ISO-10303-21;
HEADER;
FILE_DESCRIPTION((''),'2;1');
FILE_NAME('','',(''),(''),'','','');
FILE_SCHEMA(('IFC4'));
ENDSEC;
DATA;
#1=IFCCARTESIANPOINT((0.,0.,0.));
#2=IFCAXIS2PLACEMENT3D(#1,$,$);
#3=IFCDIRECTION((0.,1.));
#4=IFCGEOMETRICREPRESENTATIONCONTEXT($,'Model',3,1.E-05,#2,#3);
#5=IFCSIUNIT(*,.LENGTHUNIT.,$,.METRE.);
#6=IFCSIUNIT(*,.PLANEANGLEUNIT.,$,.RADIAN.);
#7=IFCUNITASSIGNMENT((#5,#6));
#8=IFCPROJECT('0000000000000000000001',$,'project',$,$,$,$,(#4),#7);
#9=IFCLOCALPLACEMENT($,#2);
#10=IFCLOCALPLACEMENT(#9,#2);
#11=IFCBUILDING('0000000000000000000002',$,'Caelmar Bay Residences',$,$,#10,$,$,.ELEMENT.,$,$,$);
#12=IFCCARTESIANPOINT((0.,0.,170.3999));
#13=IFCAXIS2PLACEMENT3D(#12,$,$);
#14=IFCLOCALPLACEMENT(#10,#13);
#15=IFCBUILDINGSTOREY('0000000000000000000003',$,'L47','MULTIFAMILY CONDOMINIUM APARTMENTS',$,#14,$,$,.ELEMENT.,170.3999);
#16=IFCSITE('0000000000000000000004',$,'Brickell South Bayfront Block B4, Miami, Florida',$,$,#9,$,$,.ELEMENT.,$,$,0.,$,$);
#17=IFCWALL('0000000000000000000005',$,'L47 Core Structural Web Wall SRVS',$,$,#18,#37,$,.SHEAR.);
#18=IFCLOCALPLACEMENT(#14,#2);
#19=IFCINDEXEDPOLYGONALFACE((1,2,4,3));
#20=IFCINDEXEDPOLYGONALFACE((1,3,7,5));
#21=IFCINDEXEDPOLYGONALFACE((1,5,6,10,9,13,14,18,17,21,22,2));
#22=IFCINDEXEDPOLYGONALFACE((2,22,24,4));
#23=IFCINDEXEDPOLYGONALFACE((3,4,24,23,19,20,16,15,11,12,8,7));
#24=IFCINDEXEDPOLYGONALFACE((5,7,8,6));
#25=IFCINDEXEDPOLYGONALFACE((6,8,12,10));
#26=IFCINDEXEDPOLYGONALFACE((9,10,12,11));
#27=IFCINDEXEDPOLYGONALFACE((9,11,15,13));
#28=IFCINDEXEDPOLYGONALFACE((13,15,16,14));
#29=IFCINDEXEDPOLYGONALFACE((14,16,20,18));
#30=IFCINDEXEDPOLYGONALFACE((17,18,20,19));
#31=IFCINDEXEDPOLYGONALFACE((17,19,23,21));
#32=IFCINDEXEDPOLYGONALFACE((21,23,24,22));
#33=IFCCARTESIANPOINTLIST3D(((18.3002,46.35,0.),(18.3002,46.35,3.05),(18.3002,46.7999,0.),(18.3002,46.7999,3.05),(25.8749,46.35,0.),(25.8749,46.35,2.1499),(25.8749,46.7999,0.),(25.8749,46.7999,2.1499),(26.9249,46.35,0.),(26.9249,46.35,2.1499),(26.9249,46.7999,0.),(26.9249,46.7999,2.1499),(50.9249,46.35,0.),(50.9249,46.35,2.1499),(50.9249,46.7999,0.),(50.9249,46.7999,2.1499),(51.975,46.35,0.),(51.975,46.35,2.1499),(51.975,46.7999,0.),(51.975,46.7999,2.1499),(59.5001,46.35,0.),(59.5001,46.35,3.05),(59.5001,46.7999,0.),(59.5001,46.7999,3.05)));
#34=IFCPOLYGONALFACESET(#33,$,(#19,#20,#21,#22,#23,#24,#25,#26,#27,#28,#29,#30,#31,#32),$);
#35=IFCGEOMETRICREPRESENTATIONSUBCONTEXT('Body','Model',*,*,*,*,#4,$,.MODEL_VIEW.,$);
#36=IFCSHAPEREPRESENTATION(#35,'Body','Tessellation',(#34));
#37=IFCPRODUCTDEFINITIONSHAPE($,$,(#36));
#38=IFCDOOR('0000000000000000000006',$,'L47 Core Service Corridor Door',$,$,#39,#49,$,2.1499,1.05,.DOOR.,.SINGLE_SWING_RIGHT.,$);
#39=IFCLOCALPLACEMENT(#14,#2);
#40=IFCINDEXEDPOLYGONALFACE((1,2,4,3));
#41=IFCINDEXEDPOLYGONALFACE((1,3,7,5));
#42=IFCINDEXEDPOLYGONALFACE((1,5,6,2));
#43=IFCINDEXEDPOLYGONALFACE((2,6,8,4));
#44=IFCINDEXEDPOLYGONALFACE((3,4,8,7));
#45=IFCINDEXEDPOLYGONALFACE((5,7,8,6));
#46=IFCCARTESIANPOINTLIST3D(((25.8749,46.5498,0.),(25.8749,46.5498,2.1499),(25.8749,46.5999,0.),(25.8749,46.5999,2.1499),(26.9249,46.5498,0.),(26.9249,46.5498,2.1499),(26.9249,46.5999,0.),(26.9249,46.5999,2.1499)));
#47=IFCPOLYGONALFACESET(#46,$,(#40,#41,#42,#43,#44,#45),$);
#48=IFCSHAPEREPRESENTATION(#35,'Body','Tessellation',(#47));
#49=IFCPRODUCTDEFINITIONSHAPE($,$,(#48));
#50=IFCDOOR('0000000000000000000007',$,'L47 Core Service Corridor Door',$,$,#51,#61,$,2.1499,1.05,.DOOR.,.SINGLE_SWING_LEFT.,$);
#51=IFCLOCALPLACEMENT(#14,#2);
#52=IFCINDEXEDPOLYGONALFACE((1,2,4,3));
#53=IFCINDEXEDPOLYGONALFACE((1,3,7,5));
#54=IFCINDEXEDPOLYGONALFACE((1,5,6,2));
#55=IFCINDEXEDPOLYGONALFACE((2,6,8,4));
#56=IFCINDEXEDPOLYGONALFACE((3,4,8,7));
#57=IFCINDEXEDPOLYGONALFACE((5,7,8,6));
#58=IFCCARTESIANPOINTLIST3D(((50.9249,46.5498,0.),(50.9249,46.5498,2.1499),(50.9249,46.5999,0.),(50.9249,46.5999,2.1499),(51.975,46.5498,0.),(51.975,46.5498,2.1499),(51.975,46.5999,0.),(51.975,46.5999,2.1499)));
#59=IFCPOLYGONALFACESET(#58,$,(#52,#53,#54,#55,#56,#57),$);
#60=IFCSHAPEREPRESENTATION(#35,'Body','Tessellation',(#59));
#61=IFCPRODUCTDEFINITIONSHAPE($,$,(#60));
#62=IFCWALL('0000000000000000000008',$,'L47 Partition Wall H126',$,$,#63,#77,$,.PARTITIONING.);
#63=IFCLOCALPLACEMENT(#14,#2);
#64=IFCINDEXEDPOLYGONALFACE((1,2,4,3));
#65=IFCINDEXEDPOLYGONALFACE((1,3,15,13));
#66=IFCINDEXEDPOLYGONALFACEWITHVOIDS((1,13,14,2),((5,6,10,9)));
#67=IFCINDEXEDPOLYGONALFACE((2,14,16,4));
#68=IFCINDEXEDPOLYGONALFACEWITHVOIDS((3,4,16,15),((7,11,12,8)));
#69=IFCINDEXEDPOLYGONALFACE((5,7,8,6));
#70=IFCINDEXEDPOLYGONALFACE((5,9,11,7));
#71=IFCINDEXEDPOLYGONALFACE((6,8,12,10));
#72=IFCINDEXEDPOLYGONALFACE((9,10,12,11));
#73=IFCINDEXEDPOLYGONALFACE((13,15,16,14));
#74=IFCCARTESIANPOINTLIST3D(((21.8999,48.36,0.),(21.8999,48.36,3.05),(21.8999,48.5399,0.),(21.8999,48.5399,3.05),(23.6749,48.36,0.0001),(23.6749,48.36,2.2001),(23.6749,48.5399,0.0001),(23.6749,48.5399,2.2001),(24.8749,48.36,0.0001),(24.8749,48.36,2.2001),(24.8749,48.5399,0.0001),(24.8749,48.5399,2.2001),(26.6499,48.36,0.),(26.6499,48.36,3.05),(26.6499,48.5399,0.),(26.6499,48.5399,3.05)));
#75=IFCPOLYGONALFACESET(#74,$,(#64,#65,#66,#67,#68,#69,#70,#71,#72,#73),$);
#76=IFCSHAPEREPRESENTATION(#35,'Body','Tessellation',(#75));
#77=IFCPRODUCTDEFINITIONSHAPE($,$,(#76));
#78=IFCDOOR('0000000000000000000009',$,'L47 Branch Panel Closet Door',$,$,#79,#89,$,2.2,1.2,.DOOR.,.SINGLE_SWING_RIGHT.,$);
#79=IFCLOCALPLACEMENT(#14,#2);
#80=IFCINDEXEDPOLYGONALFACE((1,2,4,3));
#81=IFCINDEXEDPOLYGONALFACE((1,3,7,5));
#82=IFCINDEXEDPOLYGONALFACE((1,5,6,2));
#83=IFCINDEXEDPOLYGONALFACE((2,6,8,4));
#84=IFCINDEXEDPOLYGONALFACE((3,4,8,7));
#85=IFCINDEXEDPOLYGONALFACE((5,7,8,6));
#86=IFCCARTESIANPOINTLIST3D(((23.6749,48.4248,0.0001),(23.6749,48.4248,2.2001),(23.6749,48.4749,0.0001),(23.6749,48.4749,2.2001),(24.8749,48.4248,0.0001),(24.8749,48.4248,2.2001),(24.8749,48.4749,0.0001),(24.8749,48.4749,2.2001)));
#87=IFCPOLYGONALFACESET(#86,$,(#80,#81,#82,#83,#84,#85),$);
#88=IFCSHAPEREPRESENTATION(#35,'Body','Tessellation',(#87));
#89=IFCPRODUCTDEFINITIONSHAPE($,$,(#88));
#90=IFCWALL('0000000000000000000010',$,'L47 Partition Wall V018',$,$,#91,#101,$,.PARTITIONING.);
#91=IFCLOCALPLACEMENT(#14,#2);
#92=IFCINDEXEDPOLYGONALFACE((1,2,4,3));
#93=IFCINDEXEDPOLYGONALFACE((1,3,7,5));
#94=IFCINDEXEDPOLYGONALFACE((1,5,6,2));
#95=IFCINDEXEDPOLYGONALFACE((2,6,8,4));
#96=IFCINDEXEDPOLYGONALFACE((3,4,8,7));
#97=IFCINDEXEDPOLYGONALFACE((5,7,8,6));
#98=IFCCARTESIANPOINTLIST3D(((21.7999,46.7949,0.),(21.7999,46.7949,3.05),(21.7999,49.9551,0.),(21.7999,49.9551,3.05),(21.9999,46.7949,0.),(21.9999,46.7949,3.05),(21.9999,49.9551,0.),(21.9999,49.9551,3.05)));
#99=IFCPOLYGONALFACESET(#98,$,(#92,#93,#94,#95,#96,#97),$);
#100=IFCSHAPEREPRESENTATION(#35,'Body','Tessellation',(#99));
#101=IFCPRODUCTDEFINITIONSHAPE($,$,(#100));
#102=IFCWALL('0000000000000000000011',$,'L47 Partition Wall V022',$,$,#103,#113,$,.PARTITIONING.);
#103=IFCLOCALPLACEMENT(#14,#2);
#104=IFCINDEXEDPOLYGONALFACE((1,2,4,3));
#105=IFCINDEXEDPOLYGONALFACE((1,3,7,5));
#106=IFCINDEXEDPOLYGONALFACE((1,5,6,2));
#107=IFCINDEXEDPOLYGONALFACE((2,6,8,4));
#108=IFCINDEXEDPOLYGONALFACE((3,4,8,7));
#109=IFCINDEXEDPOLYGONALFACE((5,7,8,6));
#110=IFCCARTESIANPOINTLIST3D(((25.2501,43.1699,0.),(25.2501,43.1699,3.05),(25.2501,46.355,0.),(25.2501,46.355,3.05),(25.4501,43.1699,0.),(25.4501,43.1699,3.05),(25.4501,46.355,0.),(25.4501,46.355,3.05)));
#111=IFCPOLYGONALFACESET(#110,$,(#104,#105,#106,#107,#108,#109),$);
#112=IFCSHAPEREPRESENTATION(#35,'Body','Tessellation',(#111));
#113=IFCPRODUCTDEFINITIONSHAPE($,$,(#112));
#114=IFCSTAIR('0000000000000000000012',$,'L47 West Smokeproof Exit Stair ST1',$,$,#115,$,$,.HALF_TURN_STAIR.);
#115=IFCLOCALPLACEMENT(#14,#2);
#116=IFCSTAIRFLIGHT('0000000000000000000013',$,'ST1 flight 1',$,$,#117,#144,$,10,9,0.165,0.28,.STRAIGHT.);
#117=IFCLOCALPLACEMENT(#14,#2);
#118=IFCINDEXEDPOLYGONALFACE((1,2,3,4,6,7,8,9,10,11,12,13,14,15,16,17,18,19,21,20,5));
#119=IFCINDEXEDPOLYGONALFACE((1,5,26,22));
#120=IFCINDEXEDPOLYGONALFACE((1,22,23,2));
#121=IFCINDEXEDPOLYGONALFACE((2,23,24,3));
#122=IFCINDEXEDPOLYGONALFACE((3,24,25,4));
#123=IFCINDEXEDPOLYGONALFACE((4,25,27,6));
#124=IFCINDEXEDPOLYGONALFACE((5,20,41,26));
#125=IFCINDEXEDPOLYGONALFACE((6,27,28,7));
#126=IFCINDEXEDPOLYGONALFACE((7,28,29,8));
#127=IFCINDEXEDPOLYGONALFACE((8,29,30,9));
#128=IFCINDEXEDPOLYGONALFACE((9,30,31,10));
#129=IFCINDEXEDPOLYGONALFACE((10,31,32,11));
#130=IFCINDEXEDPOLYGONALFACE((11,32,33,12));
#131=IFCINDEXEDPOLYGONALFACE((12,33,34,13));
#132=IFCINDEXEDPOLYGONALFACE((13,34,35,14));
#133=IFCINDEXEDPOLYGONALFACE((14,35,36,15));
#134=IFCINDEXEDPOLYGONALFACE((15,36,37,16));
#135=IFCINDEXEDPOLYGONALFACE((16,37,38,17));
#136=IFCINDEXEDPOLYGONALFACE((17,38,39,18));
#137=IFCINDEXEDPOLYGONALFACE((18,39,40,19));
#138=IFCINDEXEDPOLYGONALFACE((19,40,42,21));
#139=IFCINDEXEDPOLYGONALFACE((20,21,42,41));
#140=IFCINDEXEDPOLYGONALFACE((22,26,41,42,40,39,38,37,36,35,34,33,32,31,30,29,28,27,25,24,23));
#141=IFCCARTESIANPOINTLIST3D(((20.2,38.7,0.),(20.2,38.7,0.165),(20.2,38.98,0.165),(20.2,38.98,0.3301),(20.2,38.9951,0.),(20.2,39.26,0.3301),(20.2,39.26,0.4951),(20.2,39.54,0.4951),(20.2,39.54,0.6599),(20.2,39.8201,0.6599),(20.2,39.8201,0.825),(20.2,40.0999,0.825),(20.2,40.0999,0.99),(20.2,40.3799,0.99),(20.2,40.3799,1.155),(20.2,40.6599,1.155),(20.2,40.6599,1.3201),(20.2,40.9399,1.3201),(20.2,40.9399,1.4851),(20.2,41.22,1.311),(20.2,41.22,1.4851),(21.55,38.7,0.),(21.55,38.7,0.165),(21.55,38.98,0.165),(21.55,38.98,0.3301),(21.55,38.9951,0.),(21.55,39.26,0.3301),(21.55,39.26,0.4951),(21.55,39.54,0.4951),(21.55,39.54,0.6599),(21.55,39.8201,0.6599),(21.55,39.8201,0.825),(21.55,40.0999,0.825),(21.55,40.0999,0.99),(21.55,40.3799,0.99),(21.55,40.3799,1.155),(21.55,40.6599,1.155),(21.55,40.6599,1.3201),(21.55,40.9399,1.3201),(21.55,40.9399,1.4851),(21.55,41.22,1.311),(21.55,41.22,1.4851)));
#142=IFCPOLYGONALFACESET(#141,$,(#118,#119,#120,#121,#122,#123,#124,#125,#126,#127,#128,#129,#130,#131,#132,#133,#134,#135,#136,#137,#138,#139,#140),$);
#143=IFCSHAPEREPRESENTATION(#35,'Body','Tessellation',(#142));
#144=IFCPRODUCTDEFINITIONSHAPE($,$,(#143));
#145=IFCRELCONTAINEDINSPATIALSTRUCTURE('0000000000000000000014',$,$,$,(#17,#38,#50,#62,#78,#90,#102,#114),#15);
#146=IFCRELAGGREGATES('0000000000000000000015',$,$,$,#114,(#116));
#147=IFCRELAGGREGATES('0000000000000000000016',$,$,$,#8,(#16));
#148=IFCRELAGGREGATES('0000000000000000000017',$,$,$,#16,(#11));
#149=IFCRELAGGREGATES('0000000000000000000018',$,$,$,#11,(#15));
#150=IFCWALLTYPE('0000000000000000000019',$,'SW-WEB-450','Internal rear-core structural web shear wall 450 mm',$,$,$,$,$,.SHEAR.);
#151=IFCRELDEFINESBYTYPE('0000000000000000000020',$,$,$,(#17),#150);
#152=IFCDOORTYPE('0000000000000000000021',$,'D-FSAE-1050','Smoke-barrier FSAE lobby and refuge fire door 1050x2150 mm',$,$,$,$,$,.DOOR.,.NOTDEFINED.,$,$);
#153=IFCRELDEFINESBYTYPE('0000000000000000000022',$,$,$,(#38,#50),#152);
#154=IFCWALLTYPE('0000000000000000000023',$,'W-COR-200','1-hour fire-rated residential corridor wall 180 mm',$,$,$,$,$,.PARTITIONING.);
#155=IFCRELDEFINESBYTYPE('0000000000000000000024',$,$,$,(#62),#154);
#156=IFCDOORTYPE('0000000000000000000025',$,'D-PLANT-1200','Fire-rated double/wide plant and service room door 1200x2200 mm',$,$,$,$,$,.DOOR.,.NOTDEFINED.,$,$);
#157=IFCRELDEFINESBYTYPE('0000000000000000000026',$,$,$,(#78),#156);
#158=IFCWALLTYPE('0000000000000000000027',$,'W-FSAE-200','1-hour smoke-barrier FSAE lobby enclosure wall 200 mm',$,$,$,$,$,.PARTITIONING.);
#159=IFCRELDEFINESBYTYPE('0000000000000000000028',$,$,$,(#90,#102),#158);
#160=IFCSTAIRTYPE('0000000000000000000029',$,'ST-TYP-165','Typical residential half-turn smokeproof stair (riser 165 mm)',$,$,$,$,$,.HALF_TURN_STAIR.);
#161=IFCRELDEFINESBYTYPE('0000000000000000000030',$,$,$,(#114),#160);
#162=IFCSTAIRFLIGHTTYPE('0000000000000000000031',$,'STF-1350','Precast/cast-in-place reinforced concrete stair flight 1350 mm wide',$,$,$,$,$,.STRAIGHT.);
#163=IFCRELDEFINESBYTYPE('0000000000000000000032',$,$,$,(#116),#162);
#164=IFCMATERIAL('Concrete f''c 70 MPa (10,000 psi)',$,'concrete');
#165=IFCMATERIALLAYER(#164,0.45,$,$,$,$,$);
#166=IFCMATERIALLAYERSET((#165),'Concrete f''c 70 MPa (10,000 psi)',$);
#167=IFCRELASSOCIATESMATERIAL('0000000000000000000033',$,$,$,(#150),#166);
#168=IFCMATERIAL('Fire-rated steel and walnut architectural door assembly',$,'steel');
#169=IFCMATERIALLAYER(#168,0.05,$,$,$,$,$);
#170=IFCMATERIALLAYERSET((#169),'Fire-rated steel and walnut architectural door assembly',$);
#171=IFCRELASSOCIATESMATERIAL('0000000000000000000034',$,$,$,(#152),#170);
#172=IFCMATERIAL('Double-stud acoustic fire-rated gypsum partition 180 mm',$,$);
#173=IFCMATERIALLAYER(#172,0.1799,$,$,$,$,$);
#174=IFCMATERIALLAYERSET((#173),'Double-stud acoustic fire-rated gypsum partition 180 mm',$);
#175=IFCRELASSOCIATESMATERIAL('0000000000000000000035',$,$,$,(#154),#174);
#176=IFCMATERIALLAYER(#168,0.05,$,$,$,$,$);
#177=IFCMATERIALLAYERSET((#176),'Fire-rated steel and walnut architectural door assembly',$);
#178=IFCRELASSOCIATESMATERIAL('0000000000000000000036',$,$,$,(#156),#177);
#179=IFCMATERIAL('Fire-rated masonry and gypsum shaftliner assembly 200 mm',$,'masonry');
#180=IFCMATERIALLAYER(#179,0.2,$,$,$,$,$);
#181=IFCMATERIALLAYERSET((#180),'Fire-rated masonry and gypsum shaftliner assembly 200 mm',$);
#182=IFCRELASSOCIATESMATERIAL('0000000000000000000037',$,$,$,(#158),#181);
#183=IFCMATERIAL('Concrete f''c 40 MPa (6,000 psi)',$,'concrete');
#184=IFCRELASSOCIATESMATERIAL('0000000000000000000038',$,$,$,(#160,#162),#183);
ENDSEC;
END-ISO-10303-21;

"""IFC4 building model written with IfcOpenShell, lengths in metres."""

from ifc_helpers import new_model, si_unit, direction, frame, frame_2d, origin, place, context, subcontext, project, spatial, polyline, rectangle, outline, extrude, material, layer, layer_set, type_object, element, fill, aggregate, save


model = new_model("IFC4")

# Units and contexts
model_context = context("Model", 3, precision=1e-05, world=origin(), true_north=direction((0.0, 1.0)))
body_context = subcontext(model_context, "Body", "Model", "MODEL_VIEW")
ifc_project = project(units=[si_unit("LENGTHUNIT", "METRE"), si_unit("PLANEANGLEUNIT", "RADIAN")], contexts=[model_context])

# Site, building, storey
site_placement = place(None, origin())
site = spatial("IfcSite", under=ifc_project, at=site_placement, Name="Brickell South Bayfront Block B4, Miami, Florida", CompositionType="ELEMENT", RefElevation=0.0)
building_placement = place(site_placement, origin())
building = spatial("IfcBuilding", under=site, at=building_placement, Name="Caelmar Bay Residences", CompositionType="ELEMENT")
storey_placement = place(building_placement, frame((0.0, 0.0, 170.3999)))
storey = spatial("IfcBuildingStorey", under=building, at=storey_placement, Name="L47", Description="MULTIFAMILY CONDOMINIUM APARTMENTS", CompositionType="ELEMENT", Elevation=170.3999)

# Wall, openings, doors
ifc_material_1 = material(Name="Concrete f'c 70 MPa (10,000 psi)", Category="concrete")
ifc_layer_1 = layer(ifc_material_1, 0.45)
ifc_layer_set_1 = layer_set([ifc_layer_1], Name="Concrete f'c 70 MPa (10,000 psi)")
wall_type_1 = type_object("IfcWallType", Name="SW-WEB-450", Description="Internal rear-core structural web shear wall 450 mm", PredefinedType="SHEAR", material=ifc_layer_set_1)
ifc_material_2 = material(Name="Fire-rated steel and walnut architectural door assembly", Category="steel")
ifc_layer_2 = layer(ifc_material_2, 0.05)
ifc_layer_set_2 = layer_set([ifc_layer_2], Name="Fire-rated steel and walnut architectural door assembly")
door_type_1 = type_object("IfcDoorType", Name="D-FSAE-1050", Description="Smoke-barrier FSAE lobby and refuge fire door 1050x2150 mm", OperationType="NOTDEFINED", PredefinedType="DOOR", material=ifc_layer_set_2)
wall_1_placement = place(storey_placement, frame((18.3, 46.575, 0.0), z_axis=(0.0, 0.0, 1.0), x_axis=(1.0, 0.0, 0.0)))
wall_1 = element("IfcWall", 1, at=wall_1_placement, inside=storey, type_object=wall_type_1, Name="L47 Core Structural Web Wall SRVS", PredefinedType="SHEAR", context=body_context, shape_type="SweptSolid", body=[
    extrude(rectangle(XDim=41.2, YDim=0.45, at=frame_2d((20.6001, 0.0))), origin(), (0.0, 0.0, 1.0), 3.05),
])
opening_1_placement = place(wall_1_placement, frame((7.575, 0.0, 0.0)))
opening_1 = element("IfcOpeningElement", 2, at=opening_1_placement, cuts=wall_1, PredefinedType="OPENING", context=body_context, shape_type="SweptSolid", body=[
    extrude(rectangle(XDim=1.05, YDim=2.1499, at=frame_2d((0.5249, 1.075))), frame((0.0, 0.2349, 0.0), z_axis=(0.0, -1.0, 0.0), x_axis=(1.0, 0.0, 0.0)), (0.0, 0.0, 1.0), 0.47),
])
opening_2_placement = place(wall_1_placement, frame((32.625, 0.0, 0.0)))
opening_2 = element("IfcOpeningElement", 3, at=opening_2_placement, cuts=wall_1, PredefinedType="OPENING", context=body_context, shape_type="SweptSolid", body=[
    extrude(rectangle(XDim=1.05, YDim=2.1499, at=frame_2d((0.5249, 1.075))), frame((0.0, 0.2349, 0.0), z_axis=(0.0, -1.0, 0.0), x_axis=(1.0, 0.0, 0.0)), (0.0, 0.0, 1.0), 0.47),
])
door_1_placement = place(opening_1_placement, origin())
door_1 = element("IfcDoor", 4, at=door_1_placement, inside=storey, type_object=door_type_1, Name="L47 Core Service Corridor Door", OperationType="SINGLE_SWING_RIGHT", OverallHeight=2.1499, OverallWidth=1.05, PredefinedType="DOOR", context=body_context, shape_type="SweptSolid", body=[
    extrude(rectangle(XDim=1.05, YDim=2.1499, at=frame_2d((0.5249, 1.075))), frame((0.0, 0.0249, 0.0), z_axis=(0.0, -1.0, 0.0), x_axis=(1.0, 0.0, 0.0)), (0.0, 0.0, 1.0), 0.05),
])
fill(opening_1, door_1)
door_2_placement = place(opening_2_placement, origin())
door_2 = element("IfcDoor", 5, at=door_2_placement, inside=storey, type_object=door_type_1, Name="L47 Core Service Corridor Door", OperationType="SINGLE_SWING_LEFT", OverallHeight=2.1499, OverallWidth=1.05, PredefinedType="DOOR", context=body_context, shape_type="SweptSolid", body=[
    extrude(rectangle(XDim=1.05, YDim=2.1499, at=frame_2d((0.5249, 1.075))), frame((0.0, 0.0249, 0.0), z_axis=(0.0, -1.0, 0.0), x_axis=(1.0, 0.0, 0.0)), (0.0, 0.0, 1.0), 0.05),
])
fill(opening_2, door_2)

# Wall, opening, door
ifc_material_3 = material(Name="Double-stud acoustic fire-rated gypsum partition 180 mm")
ifc_layer_3 = layer(ifc_material_3, 0.1799)
ifc_layer_set_3 = layer_set([ifc_layer_3], Name="Double-stud acoustic fire-rated gypsum partition 180 mm")
wall_type_2 = type_object("IfcWallType", Name="W-COR-200", Description="1-hour fire-rated residential corridor wall 180 mm", PredefinedType="PARTITIONING", material=ifc_layer_set_3)
wall_2_placement = place(storey_placement, frame((21.8999, 48.45, 0.0), z_axis=(0.0, 0.0, 1.0), x_axis=(1.0, 0.0, 0.0)))
wall_2 = element("IfcWall", 6, at=wall_2_placement, inside=storey, type_object=wall_type_2, Name="L47 Partition Wall H126", PredefinedType="PARTITIONING", context=body_context, shape_type="SweptSolid", body=[
    extrude(rectangle(XDim=4.75, YDim=0.1799, at=frame_2d((2.375, 0.0))), origin(), (0.0, 0.0, 1.0), 3.05),
])
opening_3_placement = place(wall_2_placement, frame((1.7749, 0.0, 0.0)))
opening_3 = element("IfcOpeningElement", 7, at=opening_3_placement, cuts=wall_2, PredefinedType="OPENING", context=body_context, shape_type="SweptSolid", body=[
    extrude(rectangle(XDim=1.2, YDim=2.2, at=frame_2d((0.6001, 1.1001))), frame((0.0, 0.0999, 0.0), z_axis=(0.0, -1.0, 0.0), x_axis=(1.0, 0.0, 0.0)), (0.0, 0.0, 1.0), 0.2),
])
ifc_layer_4 = layer(ifc_material_2, 0.05)
ifc_layer_set_4 = layer_set([ifc_layer_4], Name="Fire-rated steel and walnut architectural door assembly")
door_type_2 = type_object("IfcDoorType", Name="D-PLANT-1200", Description="Fire-rated double/wide plant and service room door 1200x2200 mm", OperationType="NOTDEFINED", PredefinedType="DOOR", material=ifc_layer_set_4)
door_3_placement = place(opening_3_placement, origin())
door_3 = element("IfcDoor", 8, at=door_3_placement, inside=storey, type_object=door_type_2, Name="L47 Branch Panel Closet Door", OperationType="SINGLE_SWING_RIGHT", OverallHeight=2.2, OverallWidth=1.2, PredefinedType="DOOR", context=body_context, shape_type="SweptSolid", body=[
    extrude(rectangle(XDim=1.2, YDim=2.2, at=frame_2d((0.6001, 1.1001))), frame((0.0, 0.0249, 0.0), z_axis=(0.0, -1.0, 0.0), x_axis=(1.0, 0.0, 0.0)), (0.0, 0.0, 1.0), 0.05),
])
fill(opening_3, door_3)

# Walls
ifc_material_4 = material(Name="Fire-rated masonry and gypsum shaftliner assembly 200 mm", Category="masonry")
ifc_layer_5 = layer(ifc_material_4, 0.2)
ifc_layer_set_5 = layer_set([ifc_layer_5], Name="Fire-rated masonry and gypsum shaftliner assembly 200 mm")
wall_type_3 = type_object("IfcWallType", Name="W-FSAE-200", Description="1-hour smoke-barrier FSAE lobby enclosure wall 200 mm", PredefinedType="PARTITIONING", material=ifc_layer_set_5)
wall_3_placement = place(storey_placement, frame((21.8999, 46.7949, 0.0), z_axis=(0.0, 0.0, 1.0), x_axis=(0.0, 1.0, 0.0)))
element("IfcWall", 9, at=wall_3_placement, inside=storey, type_object=wall_type_3, Name="L47 Partition Wall V018", PredefinedType="PARTITIONING", context=body_context, shape_type="SweptSolid", body=[
    extrude(rectangle(XDim=3.1602, YDim=0.2, at=frame_2d((1.5801, 0.0))), origin(), (0.0, 0.0, 1.0), 3.05),
])
wall_4_placement = place(storey_placement, frame((25.3501, 43.1699, 0.0), z_axis=(0.0, 0.0, 1.0), x_axis=(0.0, 1.0, 0.0)))
element("IfcWall", 10, at=wall_4_placement, inside=storey, type_object=wall_type_3, Name="L47 Partition Wall V022", PredefinedType="PARTITIONING", context=body_context, shape_type="SweptSolid", body=[
    extrude(rectangle(XDim=3.1851, YDim=0.2, at=frame_2d((1.5925, 0.0))), origin(), (0.0, 0.0, 1.0), 3.05),
])

# Stair, stair flight
ifc_material_5 = material(Name="Concrete f'c 40 MPa (6,000 psi)", Category="concrete")
stair_type = type_object("IfcStairType", Name="ST-TYP-165", Description="Typical residential half-turn smokeproof stair (riser 165 mm)", PredefinedType="HALF_TURN_STAIR", material=ifc_material_5)
stair_placement = place(storey_placement, origin())
stair = element("IfcStair", 11, at=stair_placement, inside=storey, type_object=stair_type, Name="L47 West Smokeproof Exit Stair ST1", PredefinedType="HALF_TURN_STAIR")
stair_flight_type = type_object("IfcStairFlightType", Name="STF-1350", Description="Precast/cast-in-place reinforced concrete stair flight 1350 mm wide", PredefinedType="STRAIGHT", material=ifc_material_5)
stair_flight_1_placement = place(storey_placement, frame((20.875, 38.7, 0.0), z_axis=(0.0, 0.0, 1.0), x_axis=(0.0, 1.0, 0.0)))
stair_flight_1 = element("IfcStairFlight", 12, at=stair_flight_1_placement, type_object=stair_flight_type, Name="ST1 flight 1", NumberOfRisers=10, NumberOfTreads=9, PredefinedType="STRAIGHT", RiserHeight=0.165, TreadLength=0.28, context=body_context, shape_type="SweptSolid", body=[
    extrude(outline(polyline([(0.0, 0.0), (0.0, 0.165), (0.28, 0.165), (0.28, 0.3301), (0.5601, 0.3301), (0.5601, 0.4951), (0.8401, 0.4951), (0.8401, 0.6599), (1.1201, 0.6599), (1.1201, 0.825), (1.3999, 0.825), (1.3999, 0.99), (1.6799, 0.99), (1.6799, 1.155), (1.96, 1.155), (1.96, 1.3201), (2.24, 1.3201), (2.24, 1.4851), (2.52, 1.4851), (2.52, 1.6499), (2.52, 1.311), (0.2952, 0.0), (0.0, 0.0)])), frame((0.0, 0.675, 0.0), z_axis=(0.0, -1.0, 0.0), x_axis=(1.0, 0.0, 0.0)), (0.0, 0.0, 1.0), 1.3501),
])
aggregate(stair, [stair_flight_1])

save(model, "model.ifc")
